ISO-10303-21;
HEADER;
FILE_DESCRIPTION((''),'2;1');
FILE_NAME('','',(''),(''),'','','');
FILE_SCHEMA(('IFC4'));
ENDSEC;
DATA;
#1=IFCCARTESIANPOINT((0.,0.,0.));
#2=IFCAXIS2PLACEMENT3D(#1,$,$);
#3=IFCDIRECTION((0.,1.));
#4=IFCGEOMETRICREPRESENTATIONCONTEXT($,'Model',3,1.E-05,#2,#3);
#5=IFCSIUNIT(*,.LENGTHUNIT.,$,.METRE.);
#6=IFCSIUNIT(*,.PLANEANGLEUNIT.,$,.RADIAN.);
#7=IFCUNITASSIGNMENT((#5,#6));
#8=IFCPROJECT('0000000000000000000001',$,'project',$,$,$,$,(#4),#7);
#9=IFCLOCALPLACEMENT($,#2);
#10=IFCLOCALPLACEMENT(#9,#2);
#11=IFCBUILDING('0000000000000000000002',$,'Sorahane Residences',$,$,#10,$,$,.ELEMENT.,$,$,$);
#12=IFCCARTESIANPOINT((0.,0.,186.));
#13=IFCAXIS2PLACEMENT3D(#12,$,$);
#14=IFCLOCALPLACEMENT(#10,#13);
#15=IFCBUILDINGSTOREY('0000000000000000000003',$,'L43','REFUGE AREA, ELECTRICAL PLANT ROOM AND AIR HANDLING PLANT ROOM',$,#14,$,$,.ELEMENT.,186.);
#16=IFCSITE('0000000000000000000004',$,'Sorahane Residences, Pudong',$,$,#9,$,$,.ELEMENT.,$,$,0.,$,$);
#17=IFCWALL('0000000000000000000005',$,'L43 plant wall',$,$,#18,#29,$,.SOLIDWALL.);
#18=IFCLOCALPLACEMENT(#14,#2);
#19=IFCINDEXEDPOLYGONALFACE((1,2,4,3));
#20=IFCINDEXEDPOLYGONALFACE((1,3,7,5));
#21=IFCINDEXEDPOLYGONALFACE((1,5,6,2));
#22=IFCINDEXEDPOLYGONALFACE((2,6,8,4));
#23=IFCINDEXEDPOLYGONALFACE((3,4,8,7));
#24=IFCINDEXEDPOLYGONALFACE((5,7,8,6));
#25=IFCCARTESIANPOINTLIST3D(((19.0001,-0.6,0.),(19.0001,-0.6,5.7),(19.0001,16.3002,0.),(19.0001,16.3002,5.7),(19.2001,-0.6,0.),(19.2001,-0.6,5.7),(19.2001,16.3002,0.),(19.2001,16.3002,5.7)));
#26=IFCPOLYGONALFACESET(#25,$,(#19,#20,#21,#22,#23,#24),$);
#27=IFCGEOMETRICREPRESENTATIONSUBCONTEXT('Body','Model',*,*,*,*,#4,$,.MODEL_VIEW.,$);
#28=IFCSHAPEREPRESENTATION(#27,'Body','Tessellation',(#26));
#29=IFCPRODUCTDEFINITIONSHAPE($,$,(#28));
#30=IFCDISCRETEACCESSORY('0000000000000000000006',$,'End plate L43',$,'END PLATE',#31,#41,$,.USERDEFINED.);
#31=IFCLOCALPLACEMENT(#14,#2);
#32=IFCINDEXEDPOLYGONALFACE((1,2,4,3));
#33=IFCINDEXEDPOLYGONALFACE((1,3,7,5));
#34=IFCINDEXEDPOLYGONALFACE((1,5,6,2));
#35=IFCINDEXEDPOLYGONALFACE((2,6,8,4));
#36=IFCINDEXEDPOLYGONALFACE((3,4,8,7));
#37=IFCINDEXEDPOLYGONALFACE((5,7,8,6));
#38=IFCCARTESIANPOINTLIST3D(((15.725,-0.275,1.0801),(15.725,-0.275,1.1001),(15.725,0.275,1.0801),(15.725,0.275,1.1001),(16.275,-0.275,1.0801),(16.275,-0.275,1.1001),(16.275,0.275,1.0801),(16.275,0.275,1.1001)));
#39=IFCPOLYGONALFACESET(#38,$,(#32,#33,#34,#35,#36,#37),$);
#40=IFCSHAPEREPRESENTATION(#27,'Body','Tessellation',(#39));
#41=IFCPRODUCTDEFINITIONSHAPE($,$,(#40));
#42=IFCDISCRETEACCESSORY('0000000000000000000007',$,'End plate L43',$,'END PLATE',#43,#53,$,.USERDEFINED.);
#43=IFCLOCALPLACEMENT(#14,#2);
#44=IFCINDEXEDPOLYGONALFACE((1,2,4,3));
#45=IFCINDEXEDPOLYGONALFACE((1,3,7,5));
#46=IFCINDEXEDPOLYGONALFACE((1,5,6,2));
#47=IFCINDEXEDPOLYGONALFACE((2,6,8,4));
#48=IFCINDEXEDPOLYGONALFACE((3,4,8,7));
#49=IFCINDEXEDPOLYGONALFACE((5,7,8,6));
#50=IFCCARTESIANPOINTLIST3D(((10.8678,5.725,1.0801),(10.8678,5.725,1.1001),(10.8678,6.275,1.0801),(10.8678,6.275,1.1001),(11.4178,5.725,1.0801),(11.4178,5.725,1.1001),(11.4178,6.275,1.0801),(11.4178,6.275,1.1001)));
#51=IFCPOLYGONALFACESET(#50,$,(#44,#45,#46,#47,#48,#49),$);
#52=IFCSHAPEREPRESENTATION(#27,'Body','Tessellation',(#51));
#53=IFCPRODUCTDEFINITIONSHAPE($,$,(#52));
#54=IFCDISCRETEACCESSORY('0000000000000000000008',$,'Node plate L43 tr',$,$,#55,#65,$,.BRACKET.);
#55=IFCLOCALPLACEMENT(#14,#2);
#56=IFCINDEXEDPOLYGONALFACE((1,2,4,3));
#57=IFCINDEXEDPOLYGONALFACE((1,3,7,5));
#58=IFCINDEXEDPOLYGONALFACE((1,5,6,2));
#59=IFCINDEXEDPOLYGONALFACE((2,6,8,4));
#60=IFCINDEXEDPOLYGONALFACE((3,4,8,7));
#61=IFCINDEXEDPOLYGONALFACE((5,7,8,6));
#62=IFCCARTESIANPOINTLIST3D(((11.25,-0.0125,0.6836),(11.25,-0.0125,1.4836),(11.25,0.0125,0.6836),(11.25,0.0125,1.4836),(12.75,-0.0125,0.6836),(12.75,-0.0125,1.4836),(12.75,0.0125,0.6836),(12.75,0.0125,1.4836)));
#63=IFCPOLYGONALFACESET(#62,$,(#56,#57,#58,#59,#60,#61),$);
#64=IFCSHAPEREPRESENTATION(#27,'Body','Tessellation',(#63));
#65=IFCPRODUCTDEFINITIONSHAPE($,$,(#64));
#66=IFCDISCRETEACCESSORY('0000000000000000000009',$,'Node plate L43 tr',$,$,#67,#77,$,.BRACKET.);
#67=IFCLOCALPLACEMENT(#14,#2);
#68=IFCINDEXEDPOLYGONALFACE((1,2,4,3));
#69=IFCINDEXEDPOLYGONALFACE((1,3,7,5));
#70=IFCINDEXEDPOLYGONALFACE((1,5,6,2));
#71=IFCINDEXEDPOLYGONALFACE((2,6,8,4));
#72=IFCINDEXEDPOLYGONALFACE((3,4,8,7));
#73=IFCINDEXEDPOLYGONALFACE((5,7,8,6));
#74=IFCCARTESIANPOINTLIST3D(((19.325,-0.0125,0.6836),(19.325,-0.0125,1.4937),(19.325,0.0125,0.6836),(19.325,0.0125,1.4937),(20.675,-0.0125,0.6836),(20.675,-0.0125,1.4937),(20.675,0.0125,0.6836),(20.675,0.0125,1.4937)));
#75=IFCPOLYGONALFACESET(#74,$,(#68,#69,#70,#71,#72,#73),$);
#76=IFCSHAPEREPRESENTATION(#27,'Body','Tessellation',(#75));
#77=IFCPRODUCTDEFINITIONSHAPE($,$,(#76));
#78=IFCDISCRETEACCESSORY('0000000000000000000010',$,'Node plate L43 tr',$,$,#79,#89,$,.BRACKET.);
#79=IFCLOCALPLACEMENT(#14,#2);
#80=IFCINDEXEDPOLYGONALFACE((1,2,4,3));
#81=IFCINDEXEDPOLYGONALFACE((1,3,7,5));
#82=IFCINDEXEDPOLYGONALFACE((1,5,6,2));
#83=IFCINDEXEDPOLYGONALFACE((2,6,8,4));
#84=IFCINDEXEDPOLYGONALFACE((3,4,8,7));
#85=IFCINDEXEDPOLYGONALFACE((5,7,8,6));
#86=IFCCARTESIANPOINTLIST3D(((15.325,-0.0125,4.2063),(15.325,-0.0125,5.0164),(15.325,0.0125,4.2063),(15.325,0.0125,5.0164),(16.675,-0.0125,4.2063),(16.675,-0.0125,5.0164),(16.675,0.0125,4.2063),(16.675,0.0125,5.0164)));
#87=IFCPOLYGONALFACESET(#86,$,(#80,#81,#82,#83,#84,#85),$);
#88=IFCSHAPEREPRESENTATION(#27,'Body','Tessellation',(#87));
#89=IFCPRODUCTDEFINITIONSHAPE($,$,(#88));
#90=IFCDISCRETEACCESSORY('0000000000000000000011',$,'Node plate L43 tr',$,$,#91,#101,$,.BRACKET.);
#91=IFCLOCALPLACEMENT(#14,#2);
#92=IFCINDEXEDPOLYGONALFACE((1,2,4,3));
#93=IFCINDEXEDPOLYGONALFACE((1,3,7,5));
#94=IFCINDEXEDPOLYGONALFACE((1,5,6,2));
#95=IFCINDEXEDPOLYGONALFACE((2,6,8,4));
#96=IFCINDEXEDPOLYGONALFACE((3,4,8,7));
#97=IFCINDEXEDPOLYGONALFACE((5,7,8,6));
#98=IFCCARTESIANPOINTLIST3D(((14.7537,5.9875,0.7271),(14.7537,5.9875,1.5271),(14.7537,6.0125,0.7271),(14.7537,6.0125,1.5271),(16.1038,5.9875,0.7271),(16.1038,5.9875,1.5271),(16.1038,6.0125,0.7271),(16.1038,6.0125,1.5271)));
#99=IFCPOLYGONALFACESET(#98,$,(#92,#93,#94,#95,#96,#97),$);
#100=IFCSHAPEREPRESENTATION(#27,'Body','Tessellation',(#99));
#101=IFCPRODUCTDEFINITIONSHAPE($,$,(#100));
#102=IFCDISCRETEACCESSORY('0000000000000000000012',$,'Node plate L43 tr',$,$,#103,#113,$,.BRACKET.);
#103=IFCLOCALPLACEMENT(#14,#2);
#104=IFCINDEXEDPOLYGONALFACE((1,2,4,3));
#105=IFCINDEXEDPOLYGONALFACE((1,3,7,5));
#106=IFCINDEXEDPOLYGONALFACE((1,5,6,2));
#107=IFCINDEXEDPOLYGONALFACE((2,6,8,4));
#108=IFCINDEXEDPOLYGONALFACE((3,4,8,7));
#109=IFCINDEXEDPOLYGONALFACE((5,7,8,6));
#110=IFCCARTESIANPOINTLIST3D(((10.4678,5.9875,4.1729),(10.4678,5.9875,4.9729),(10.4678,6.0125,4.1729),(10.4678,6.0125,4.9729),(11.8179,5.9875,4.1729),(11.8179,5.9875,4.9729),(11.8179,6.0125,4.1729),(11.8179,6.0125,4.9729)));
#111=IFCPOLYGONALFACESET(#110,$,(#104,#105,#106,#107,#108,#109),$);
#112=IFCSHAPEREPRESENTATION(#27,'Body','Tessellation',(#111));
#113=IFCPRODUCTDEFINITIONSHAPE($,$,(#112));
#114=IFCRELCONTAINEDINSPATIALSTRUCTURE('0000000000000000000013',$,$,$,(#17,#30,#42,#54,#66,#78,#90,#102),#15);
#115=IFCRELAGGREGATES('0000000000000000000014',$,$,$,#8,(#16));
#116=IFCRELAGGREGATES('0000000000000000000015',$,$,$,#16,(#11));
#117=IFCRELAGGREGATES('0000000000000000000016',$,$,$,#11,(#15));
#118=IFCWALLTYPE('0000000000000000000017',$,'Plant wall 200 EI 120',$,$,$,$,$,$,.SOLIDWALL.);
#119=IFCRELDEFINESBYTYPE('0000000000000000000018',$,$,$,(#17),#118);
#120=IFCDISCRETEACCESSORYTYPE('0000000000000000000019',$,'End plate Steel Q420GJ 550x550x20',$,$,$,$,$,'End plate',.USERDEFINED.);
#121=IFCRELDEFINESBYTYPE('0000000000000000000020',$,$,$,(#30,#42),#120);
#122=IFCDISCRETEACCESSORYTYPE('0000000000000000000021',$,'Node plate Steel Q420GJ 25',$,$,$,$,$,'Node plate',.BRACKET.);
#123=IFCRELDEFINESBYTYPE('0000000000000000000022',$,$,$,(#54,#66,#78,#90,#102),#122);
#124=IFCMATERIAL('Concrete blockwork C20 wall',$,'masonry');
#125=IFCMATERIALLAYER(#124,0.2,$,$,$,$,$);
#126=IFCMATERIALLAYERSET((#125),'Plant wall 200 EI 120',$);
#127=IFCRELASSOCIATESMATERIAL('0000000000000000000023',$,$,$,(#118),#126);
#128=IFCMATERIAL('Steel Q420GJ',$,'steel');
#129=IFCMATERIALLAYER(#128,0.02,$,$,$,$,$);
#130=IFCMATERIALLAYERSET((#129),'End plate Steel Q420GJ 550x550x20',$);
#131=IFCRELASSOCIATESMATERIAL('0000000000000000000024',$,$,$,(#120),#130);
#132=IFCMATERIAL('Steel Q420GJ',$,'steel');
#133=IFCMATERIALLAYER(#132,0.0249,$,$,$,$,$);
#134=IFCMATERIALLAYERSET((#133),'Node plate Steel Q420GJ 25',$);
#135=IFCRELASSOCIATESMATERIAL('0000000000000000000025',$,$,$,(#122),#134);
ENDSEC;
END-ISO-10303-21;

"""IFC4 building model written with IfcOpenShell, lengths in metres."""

from ifc_helpers import new_model, si_unit, direction, frame, frame_2d, origin, origin_2d, place, context, subcontext, project, spatial, rectangle, extrude, material, layer, layer_set, type_object, element, save


model = new_model("IFC4")

# Units and contexts
model_context = context("Model", 3, precision=1e-05, world=origin(), true_north=direction((0.0, 1.0)))
body_context = subcontext(model_context, "Body", "Model", "MODEL_VIEW")
ifc_project = project(units=[si_unit("LENGTHUNIT", "METRE"), si_unit("PLANEANGLEUNIT", "RADIAN")], contexts=[model_context])

# Site, building, storey
site_placement = place(None, origin())
site = spatial("IfcSite", under=ifc_project, at=site_placement, Name="Sorahane Residences, Pudong", CompositionType="ELEMENT", RefElevation=0.0)
building_placement = place(site_placement, origin())
building = spatial("IfcBuilding", under=site, at=building_placement, Name="Sorahane Residences", CompositionType="ELEMENT")
storey_placement = place(building_placement, frame((0.0, 0.0, 186.0)))
storey = spatial("IfcBuildingStorey", under=building, at=storey_placement, Name="L43", Description="REFUGE AREA, ELECTRICAL PLANT ROOM AND AIR HANDLING PLANT ROOM", CompositionType="ELEMENT", Elevation=186.0)

# Wall
ifc_material_1 = material(Name="Concrete blockwork C20 wall", Category="masonry")
ifc_layer_1 = layer(ifc_material_1, 0.2)
ifc_layer_set_1 = layer_set([ifc_layer_1], Name="Plant wall 200 EI 120")
wall_type = type_object("IfcWallType", Name="Plant wall 200 EI 120", PredefinedType="SOLIDWALL", material=ifc_layer_set_1)
wall_placement = place(storey_placement, frame((19.1001, -0.6001, 0.0), z_axis=(0.0, 0.0, 1.0), x_axis=(0.0, 1.0, 0.0)))
element("IfcWall", 1, at=wall_placement, inside=storey, type_object=wall_type, Name="L43 plant wall", PredefinedType="SOLIDWALL", context=body_context, shape_type="SweptSolid", body=[
    extrude(rectangle(XDim=16.9001, YDim=0.2, at=frame_2d((8.4502, 0.0))), origin(), (0.0, 0.0, 1.0), 5.7),
])

# Discrete accessories
ifc_material_2 = material(Name="Steel Q420GJ", Category="steel")
ifc_layer_2 = layer(ifc_material_2, 0.02)
ifc_layer_set_2 = layer_set([ifc_layer_2], Name="End plate Steel Q420GJ 550x550x20")
discrete_accessory_type_1 = type_object("IfcDiscreteAccessoryType", Name="End plate Steel Q420GJ 550x550x20", ElementType="End plate", PredefinedType="USERDEFINED", material=ifc_layer_set_2)
for number, where, z_axis, x_axis, name in (
    (2, (16.0, 0.0, 1.0801), (0.0, 0.0, 1.0), (1.0, 0.0, 0.0), "End plate L43"),
    (3, (11.1428, 6.0, 1.0801), (0.0, 0.0, 1.0), (1.0, 0.0, 0.0), "End plate L43"),
):
    element("IfcDiscreteAccessory", number, at=place(storey_placement, frame(where, z_axis=z_axis, x_axis=x_axis)), inside=storey, type_object=discrete_accessory_type_1, Name=name, ObjectType="END PLATE", PredefinedType="USERDEFINED", context=body_context, shape_type="SweptSolid", body=[
        extrude(rectangle(XDim=0.55, YDim=0.55, at=origin_2d()), origin(), (0.0, 0.0, 1.0), 0.02),
    ])
ifc_material_3 = material(Name="Steel Q420GJ", Category="steel")
ifc_layer_3 = layer(ifc_material_3, 0.0249)
ifc_layer_set_3 = layer_set([ifc_layer_3], Name="Node plate Steel Q420GJ 25")
discrete_accessory_type_2 = type_object("IfcDiscreteAccessoryType", Name="Node plate Steel Q420GJ 25", ElementType="Node plate", PredefinedType="BRACKET", material=ifc_layer_set_3)
discrete_accessory_placement = place(storey_placement, frame((12.0, 0.0, 0.6836), z_axis=(0.0, 0.0, 1.0), x_axis=(1.0, 0.0, 0.0)))
element("IfcDiscreteAccessory", 4, at=discrete_accessory_placement, inside=storey, type_object=discrete_accessory_type_2, Name="Node plate L43 tr", PredefinedType="BRACKET", context=body_context, shape_type="SweptSolid", body=[
    extrude(rectangle(XDim=1.5, YDim=0.0249, at=origin_2d()), origin(), (0.0, 0.0, 1.0), 0.8),
])
for number, where, z_axis, x_axis, name in (
    (5, (20.0, 0.0, 0.6836), (0.0, 0.0, 1.0), (1.0, 0.0, 0.0), "Node plate L43 tr"),
    (6, (16.0, 0.0, 4.2063), (0.0, 0.0, 1.0), (1.0, 0.0, 0.0), "Node plate L43 tr"),
):
    element("IfcDiscreteAccessory", number, at=place(storey_placement, frame(where, z_axis=z_axis, x_axis=x_axis)), inside=storey, type_object=discrete_accessory_type_2, Name=name, PredefinedType="BRACKET", context=body_context, shape_type="SweptSolid", body=[
        extrude(rectangle(XDim=1.3501, YDim=0.0249, at=origin_2d()), origin(), (0.0, 0.0, 1.0), 0.8101),
    ])
for number, where, z_axis, x_axis, name in (
    (7, (15.4287, 6.0, 0.7271), (0.0, 0.0, 1.0), (1.0, 0.0, 0.0), "Node plate L43 tr"),
    (8, (11.1428, 6.0, 4.1729), (0.0, 0.0, 1.0), (1.0, 0.0, 0.0), "Node plate L43 tr"),
):
    element("IfcDiscreteAccessory", number, at=place(storey_placement, frame(where, z_axis=z_axis, x_axis=x_axis)), inside=storey, type_object=discrete_accessory_type_2, Name=name, PredefinedType="BRACKET", context=body_context, shape_type="SweptSolid", body=[
        extrude(rectangle(XDim=1.3501, YDim=0.0249, at=origin_2d()), origin(), (0.0, 0.0, 1.0), 0.8),
    ])

save(model, "model.ifc")
